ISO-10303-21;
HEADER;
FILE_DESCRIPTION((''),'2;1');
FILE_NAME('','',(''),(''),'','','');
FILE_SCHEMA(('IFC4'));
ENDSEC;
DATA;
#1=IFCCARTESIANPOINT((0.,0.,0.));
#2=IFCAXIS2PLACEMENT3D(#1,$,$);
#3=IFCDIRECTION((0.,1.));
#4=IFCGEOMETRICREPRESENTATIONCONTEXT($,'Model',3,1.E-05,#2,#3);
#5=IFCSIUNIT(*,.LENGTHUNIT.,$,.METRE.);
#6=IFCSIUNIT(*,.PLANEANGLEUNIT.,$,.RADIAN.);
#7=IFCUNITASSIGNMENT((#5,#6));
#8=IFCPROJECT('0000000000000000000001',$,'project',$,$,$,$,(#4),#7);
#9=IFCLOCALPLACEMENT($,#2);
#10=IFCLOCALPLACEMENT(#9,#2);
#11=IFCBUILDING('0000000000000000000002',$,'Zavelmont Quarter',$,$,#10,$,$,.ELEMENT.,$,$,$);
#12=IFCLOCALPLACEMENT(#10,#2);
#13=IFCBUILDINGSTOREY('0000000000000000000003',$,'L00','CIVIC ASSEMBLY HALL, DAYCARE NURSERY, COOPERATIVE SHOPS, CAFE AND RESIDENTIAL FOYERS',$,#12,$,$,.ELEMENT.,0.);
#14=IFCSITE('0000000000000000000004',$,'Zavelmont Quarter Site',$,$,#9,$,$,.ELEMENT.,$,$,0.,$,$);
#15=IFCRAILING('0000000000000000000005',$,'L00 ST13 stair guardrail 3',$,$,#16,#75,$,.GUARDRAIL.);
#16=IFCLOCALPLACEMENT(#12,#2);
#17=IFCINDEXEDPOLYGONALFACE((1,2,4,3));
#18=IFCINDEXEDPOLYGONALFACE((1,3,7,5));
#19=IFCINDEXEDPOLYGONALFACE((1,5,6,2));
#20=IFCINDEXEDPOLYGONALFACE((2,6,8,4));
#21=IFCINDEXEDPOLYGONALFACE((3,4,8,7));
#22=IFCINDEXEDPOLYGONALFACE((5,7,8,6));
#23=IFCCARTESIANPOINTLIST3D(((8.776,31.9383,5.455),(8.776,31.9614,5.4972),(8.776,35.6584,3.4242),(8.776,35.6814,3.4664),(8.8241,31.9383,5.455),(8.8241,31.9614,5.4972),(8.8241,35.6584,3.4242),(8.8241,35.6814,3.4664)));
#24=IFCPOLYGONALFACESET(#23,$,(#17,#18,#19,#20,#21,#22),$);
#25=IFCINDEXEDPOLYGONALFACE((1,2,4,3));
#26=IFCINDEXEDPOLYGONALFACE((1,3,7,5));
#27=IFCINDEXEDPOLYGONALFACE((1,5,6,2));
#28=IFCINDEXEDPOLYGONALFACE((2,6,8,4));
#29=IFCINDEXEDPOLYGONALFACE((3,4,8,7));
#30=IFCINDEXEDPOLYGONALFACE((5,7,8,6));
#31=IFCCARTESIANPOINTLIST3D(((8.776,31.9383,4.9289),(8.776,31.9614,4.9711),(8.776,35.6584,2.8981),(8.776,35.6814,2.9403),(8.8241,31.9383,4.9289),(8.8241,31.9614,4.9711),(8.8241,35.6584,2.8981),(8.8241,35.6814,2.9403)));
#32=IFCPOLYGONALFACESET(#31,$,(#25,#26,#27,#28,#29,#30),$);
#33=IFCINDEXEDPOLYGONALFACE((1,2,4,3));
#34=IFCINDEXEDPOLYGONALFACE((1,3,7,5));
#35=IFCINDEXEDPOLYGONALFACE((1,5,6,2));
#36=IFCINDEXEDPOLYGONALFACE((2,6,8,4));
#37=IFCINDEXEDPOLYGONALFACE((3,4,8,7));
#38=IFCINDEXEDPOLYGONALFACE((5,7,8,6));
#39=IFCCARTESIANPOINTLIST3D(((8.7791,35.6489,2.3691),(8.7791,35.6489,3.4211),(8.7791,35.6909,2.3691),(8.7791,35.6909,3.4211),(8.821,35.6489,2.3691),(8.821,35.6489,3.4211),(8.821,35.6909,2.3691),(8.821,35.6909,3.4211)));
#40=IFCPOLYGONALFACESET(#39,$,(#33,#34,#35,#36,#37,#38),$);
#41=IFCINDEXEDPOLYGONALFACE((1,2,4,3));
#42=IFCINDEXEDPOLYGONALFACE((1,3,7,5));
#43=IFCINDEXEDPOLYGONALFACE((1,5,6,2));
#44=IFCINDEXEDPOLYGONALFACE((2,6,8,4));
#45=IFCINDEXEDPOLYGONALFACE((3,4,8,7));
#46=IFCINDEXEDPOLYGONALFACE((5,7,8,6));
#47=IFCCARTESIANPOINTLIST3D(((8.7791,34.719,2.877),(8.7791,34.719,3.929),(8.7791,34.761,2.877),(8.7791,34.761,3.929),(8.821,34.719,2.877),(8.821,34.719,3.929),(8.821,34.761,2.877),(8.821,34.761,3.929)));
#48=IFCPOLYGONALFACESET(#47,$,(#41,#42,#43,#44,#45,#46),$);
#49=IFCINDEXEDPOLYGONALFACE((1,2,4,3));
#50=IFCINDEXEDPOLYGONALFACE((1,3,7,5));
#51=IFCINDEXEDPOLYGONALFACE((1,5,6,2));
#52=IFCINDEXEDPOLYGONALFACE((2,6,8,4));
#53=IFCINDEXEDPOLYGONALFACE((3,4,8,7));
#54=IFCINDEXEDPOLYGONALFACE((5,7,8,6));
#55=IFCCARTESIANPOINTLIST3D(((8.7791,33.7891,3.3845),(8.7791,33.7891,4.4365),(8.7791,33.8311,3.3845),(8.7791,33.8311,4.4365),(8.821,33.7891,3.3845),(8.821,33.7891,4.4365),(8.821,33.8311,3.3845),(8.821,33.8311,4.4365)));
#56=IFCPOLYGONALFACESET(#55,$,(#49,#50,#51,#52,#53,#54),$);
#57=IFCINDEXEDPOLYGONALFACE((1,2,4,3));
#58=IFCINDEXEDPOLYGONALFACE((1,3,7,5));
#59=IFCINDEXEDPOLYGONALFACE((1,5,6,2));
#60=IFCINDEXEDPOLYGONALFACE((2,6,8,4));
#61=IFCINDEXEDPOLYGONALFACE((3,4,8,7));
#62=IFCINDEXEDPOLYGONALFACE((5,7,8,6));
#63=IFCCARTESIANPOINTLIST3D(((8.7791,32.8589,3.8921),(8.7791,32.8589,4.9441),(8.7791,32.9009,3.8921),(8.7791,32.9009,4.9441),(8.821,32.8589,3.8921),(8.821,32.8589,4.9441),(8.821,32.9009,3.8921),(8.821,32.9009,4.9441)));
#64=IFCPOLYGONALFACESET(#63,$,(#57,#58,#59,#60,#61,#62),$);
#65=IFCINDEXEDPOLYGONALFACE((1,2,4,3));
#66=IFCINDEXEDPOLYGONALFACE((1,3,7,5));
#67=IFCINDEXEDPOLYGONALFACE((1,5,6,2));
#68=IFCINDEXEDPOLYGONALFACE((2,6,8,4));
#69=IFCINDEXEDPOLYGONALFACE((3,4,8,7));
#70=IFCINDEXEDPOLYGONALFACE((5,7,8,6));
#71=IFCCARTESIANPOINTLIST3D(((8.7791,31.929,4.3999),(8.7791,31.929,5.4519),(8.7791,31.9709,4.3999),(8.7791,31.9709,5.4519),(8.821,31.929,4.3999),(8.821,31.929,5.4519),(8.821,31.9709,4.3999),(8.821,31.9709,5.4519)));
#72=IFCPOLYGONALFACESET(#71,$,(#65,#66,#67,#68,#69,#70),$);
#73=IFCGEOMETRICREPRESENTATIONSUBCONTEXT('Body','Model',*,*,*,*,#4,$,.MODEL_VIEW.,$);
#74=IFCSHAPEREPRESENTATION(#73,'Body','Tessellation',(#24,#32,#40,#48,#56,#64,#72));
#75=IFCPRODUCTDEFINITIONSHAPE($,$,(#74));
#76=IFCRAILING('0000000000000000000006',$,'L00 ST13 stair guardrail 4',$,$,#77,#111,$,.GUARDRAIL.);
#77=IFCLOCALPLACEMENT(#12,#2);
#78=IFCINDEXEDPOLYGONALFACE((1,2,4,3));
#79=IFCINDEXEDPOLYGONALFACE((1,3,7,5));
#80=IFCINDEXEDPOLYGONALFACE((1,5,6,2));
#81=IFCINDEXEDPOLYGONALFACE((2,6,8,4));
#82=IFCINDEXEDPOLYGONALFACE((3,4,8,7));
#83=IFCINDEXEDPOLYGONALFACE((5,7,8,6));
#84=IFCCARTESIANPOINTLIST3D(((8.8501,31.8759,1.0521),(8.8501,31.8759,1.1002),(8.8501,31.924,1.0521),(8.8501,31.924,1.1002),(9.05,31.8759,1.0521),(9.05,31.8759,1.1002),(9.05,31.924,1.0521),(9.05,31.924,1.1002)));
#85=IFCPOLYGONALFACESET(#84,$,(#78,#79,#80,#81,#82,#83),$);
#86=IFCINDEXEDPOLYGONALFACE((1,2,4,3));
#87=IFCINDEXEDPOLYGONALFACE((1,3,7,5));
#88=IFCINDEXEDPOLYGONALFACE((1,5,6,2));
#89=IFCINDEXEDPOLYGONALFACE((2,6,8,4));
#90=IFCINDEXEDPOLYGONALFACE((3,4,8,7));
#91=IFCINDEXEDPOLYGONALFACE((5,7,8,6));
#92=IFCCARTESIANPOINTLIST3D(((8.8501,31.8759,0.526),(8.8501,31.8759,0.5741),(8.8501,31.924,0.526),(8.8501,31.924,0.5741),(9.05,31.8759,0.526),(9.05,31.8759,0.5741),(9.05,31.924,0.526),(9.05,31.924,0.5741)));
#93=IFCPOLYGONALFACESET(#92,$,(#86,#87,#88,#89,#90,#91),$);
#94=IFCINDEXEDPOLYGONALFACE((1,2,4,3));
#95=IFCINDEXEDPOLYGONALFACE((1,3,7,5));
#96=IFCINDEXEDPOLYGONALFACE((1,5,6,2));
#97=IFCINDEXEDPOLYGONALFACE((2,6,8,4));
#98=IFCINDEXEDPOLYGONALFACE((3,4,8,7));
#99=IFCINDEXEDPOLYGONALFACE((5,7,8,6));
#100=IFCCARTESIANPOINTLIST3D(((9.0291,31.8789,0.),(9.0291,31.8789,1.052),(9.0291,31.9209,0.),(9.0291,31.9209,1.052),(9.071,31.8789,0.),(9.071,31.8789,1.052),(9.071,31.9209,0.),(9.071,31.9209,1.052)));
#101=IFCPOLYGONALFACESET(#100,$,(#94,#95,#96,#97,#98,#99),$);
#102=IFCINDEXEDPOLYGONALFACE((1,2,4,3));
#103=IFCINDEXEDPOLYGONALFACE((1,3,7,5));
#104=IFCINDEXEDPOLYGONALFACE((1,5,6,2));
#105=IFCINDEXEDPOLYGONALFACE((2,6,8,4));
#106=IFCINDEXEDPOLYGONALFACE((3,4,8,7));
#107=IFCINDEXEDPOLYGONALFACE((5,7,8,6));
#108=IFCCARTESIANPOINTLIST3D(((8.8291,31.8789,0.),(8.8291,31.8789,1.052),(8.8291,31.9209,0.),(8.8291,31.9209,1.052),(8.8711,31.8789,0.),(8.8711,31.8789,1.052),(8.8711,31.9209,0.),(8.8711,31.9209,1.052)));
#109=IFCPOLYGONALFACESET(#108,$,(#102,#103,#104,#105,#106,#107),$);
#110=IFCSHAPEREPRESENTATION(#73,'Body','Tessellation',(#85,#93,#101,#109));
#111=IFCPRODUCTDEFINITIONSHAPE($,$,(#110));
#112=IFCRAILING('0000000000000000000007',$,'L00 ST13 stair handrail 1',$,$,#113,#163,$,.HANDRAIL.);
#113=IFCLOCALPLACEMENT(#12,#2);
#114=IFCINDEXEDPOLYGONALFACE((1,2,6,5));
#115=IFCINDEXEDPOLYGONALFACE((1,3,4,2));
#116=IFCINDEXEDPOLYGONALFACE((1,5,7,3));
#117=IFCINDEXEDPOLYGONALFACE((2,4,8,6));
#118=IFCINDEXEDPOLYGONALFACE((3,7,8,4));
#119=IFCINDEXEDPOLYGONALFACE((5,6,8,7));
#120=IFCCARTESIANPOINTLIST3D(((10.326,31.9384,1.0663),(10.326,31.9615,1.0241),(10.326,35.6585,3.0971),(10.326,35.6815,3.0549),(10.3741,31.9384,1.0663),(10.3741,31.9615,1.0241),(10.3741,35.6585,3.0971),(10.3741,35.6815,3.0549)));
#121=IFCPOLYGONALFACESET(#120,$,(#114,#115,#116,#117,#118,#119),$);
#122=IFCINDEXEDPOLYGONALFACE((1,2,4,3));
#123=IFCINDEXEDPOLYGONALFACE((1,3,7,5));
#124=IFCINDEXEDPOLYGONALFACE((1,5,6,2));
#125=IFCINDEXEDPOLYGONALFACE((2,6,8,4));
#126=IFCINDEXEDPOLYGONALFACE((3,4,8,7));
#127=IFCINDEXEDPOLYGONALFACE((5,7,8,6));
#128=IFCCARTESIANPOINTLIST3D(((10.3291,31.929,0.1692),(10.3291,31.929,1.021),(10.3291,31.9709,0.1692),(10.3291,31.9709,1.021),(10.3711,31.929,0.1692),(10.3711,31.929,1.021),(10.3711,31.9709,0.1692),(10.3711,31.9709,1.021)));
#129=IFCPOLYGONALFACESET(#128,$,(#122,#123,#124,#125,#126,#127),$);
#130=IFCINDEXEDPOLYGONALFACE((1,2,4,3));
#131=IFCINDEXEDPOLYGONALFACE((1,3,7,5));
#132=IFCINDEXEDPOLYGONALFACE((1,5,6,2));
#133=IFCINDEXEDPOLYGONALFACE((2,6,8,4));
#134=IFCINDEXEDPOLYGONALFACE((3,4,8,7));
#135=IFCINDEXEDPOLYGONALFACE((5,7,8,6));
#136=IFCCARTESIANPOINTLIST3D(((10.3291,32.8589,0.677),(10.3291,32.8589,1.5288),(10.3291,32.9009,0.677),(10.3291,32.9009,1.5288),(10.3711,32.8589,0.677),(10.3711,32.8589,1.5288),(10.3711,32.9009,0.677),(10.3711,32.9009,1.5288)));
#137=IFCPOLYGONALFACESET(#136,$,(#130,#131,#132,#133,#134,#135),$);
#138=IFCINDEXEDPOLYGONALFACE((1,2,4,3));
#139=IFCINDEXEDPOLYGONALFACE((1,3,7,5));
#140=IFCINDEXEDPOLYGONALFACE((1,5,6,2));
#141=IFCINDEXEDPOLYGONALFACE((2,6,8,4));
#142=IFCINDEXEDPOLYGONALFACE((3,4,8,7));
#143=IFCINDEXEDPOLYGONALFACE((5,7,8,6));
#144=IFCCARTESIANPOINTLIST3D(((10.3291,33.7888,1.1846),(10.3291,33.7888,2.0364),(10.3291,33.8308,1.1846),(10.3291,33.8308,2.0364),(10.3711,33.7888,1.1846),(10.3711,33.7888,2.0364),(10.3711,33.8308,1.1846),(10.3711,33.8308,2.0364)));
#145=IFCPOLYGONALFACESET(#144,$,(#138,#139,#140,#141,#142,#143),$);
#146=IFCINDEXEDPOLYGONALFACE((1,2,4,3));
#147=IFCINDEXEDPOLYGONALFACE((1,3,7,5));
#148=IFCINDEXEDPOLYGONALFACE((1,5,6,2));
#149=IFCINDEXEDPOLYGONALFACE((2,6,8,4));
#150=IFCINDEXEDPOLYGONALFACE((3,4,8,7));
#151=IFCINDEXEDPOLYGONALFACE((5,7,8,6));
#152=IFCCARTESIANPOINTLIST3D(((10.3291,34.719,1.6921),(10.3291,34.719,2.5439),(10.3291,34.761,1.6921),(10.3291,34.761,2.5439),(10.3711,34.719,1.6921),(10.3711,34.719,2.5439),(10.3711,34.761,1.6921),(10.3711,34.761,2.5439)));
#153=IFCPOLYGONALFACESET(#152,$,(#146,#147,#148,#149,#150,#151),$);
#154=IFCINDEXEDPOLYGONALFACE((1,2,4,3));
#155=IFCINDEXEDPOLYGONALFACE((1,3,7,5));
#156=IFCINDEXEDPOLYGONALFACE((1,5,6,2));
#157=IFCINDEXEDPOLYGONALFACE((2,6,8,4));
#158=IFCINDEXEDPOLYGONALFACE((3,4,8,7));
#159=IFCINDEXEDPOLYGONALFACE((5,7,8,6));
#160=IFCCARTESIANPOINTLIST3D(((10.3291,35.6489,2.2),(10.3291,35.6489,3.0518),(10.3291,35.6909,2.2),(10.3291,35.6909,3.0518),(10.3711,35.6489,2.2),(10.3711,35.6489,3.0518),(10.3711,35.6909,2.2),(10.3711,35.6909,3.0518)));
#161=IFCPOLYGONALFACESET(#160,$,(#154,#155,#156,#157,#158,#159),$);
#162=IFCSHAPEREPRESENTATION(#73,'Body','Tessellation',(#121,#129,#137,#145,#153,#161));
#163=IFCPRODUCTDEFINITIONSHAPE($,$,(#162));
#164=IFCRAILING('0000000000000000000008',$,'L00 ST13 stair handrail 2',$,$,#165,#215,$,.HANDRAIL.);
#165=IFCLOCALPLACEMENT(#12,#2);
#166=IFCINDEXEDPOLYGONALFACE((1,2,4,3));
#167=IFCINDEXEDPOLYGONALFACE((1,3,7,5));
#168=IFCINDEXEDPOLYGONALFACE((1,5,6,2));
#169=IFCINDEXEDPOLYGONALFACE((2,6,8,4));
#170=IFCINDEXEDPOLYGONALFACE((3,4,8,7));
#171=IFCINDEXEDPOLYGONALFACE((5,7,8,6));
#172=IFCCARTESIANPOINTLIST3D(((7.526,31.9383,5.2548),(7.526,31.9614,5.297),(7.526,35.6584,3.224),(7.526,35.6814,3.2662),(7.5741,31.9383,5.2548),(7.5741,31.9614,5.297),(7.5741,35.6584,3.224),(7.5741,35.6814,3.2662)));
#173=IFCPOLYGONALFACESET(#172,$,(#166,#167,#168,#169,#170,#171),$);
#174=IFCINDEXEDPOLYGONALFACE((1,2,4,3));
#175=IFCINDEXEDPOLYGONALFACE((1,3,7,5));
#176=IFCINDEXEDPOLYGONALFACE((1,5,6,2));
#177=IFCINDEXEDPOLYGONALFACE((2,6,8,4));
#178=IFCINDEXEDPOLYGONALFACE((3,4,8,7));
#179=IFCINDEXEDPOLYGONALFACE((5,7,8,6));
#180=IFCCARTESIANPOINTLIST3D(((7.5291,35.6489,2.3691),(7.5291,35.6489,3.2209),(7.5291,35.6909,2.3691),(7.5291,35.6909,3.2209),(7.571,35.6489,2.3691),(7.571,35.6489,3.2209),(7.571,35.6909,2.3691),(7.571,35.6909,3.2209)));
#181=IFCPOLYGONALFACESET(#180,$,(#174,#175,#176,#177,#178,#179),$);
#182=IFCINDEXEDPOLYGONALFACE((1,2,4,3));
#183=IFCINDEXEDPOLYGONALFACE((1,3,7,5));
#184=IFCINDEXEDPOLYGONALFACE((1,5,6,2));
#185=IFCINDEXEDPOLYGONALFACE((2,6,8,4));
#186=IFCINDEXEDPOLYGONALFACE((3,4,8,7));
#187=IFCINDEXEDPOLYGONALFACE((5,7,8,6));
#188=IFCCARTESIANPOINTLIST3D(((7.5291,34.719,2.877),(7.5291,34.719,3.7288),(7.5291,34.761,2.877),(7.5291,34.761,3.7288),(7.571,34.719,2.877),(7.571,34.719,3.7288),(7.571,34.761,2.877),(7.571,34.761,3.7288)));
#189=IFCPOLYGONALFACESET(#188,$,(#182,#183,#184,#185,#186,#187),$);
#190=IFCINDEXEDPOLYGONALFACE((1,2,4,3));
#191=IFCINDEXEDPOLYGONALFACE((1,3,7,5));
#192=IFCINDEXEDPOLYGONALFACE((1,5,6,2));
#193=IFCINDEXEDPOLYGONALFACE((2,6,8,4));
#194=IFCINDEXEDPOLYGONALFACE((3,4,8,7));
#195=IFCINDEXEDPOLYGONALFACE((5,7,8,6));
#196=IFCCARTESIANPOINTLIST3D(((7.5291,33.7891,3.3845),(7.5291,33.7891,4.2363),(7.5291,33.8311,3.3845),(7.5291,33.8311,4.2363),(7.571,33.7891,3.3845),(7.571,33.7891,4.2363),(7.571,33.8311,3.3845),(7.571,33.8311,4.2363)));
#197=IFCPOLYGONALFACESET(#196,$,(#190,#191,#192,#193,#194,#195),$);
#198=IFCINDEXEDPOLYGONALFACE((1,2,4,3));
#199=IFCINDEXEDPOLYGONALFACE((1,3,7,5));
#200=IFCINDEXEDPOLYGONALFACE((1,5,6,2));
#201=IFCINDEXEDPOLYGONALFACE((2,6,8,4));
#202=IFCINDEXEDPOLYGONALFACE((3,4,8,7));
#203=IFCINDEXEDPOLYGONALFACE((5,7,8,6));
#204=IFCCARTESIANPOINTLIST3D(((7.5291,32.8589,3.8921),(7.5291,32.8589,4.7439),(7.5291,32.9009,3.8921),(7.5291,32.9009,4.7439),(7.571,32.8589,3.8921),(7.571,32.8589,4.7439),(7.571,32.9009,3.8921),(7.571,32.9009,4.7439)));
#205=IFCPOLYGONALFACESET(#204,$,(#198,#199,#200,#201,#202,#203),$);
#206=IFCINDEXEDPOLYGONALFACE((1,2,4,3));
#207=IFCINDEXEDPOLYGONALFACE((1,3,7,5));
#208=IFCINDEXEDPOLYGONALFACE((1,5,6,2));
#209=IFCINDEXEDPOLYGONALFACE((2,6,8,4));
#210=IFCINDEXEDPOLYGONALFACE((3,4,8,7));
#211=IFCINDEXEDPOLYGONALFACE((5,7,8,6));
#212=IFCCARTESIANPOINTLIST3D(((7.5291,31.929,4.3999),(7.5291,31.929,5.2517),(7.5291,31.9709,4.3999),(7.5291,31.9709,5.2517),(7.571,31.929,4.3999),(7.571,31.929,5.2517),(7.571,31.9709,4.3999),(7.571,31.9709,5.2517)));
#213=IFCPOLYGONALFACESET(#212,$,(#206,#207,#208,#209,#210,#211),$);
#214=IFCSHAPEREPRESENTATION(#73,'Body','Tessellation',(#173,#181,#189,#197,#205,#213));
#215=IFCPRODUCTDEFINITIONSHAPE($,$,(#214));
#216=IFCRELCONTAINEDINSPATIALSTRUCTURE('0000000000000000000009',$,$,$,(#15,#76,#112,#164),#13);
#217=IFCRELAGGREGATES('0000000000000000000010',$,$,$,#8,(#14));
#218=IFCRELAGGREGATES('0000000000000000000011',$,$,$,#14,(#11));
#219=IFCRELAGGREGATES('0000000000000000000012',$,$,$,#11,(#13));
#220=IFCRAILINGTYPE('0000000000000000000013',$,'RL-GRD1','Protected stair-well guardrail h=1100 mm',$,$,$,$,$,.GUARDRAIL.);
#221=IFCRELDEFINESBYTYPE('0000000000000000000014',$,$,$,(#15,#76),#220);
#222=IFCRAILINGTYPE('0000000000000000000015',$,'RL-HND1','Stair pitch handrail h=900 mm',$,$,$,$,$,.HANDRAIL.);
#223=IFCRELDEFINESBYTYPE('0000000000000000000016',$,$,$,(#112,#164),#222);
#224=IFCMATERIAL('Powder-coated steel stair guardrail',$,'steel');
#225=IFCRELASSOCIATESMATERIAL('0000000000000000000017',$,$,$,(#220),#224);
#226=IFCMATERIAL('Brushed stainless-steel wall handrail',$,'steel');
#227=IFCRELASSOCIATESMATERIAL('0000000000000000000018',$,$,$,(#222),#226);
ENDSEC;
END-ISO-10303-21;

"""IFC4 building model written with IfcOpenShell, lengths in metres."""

from ifc_helpers import new_model, si_unit, direction, frame, origin, origin_2d, place, context, subcontext, project, spatial, rectangle, extrude, material, type_object, element, save


model = new_model("IFC4")

# Units and contexts
model_context = context("Model", 3, precision=1e-05, world=origin(), true_north=direction((0.0, 1.0)))
body_context = subcontext(model_context, "Body", "Model", "MODEL_VIEW")
ifc_project = project(units=[si_unit("LENGTHUNIT", "METRE"), si_unit("PLANEANGLEUNIT", "RADIAN")], contexts=[model_context])

# Site, building, storey
site_placement = place(None, origin())
site = spatial("IfcSite", under=ifc_project, at=site_placement, Name="Zavelmont Quarter Site", CompositionType="ELEMENT", RefElevation=0.0)
building_placement = place(site_placement, origin())
building = spatial("IfcBuilding", under=site, at=building_placement, Name="Zavelmont Quarter", CompositionType="ELEMENT")
storey_placement = place(building_placement, origin())
storey = spatial("IfcBuildingStorey", under=building, at=storey_placement, Name="L00", Description="CIVIC ASSEMBLY HALL, DAYCARE NURSERY, COOPERATIVE SHOPS, CAFE AND RESIDENTIAL FOYERS", CompositionType="ELEMENT", Elevation=0.0)

# Railings
ifc_material_1 = material(Name="Powder-coated steel stair guardrail", Category="steel")
railing_type_1 = type_object("IfcRailingType", Name="RL-GRD1", Description="Protected stair-well guardrail h=1100 mm", PredefinedType="GUARDRAIL", material=ifc_material_1)
railing_1_placement = place(storey_placement, frame((8.8, 35.6699, 2.3691)))
element("IfcRailing", 1, at=railing_1_placement, inside=storey, type_object=railing_type_1, Name="L00 ST13 stair guardrail 3", PredefinedType="GUARDRAIL", context=body_context, shape_type="SweptSolid", body=[
    extrude(rectangle(XDim=0.0481, YDim=0.0481, at=origin_2d()), frame((0.0, 0.0, 1.0762), z_axis=(0.0, -0.877728, 0.479159), x_axis=(1.0, 0.0, 0.0)), (0.0, 0.0, 1.0), 4.2383),
    extrude(rectangle(XDim=0.0481, YDim=0.0481, at=origin_2d()), frame((0.0, 0.0, 0.55), z_axis=(0.0, -0.877728, 0.479159), x_axis=(1.0, 0.0, 0.0)), (0.0, 0.0, 1.0), 4.2383),
    extrude(rectangle(XDim=0.042, YDim=0.042, at=origin_2d()), origin(), (0.0, 0.0, 1.0), 1.052),
    extrude(rectangle(XDim=0.042, YDim=0.042, at=origin_2d()), frame((0.0, -0.9299, 0.5078)), (0.0, 0.0, 1.0), 1.052),
    extrude(rectangle(XDim=0.042, YDim=0.042, at=origin_2d()), frame((0.0, -1.8599, 1.0154)), (0.0, 0.0, 1.0), 1.052),
    extrude(rectangle(XDim=0.042, YDim=0.042, at=origin_2d()), frame((0.0, -2.79, 1.5229)), (0.0, 0.0, 1.0), 1.052),
    extrude(rectangle(XDim=0.042, YDim=0.042, at=origin_2d()), frame((0.0, -3.72, 2.0308)), (0.0, 0.0, 1.0), 1.052),
])
railing_2_placement = place(storey_placement, frame((9.05, 31.8999, 0.0)))
element("IfcRailing", 2, at=railing_2_placement, inside=storey, type_object=railing_type_1, Name="L00 ST13 stair guardrail 4", PredefinedType="GUARDRAIL", context=body_context, shape_type="SweptSolid", body=[
    extrude(rectangle(XDim=0.0481, YDim=0.0481, at=origin_2d()), frame((0.0, 0.0, 1.0762), z_axis=(-1.0, 0.0, 0.0), x_axis=(0.0, -1.0, 0.0)), (0.0, 0.0, 1.0), 0.2),
    extrude(rectangle(XDim=0.0481, YDim=0.0481, at=origin_2d()), frame((0.0, 0.0, 0.55), z_axis=(-1.0, 0.0, 0.0), x_axis=(0.0, -1.0, 0.0)), (0.0, 0.0, 1.0), 0.2),
    extrude(rectangle(XDim=0.042, YDim=0.042, at=origin_2d()), origin(), (0.0, 0.0, 1.0), 1.052),
    extrude(rectangle(XDim=0.042, YDim=0.042, at=origin_2d()), frame((-0.2, 0.0, 0.0)), (0.0, 0.0, 1.0), 1.052),
])
ifc_material_2 = material(Name="Brushed stainless-steel wall handrail", Category="steel")
railing_type_2 = type_object("IfcRailingType", Name="RL-HND1", Description="Stair pitch handrail h=900 mm", PredefinedType="HANDRAIL", material=ifc_material_2)
railing_3_placement = place(storey_placement, frame((10.3501, 31.95, 0.1692)))
element("IfcRailing", 3, at=railing_3_placement, inside=storey, type_object=railing_type_2, Name="L00 ST13 stair handrail 1", PredefinedType="HANDRAIL", context=body_context, shape_type="SweptSolid", body=[
    extrude(rectangle(XDim=0.0481, YDim=0.0481, at=origin_2d()), frame((0.0, 0.0, 0.876), z_axis=(0.0, 0.877728, 0.479159), x_axis=(-1.0, 0.0, 0.0)), (0.0, 0.0, 1.0), 4.2383),
    extrude(rectangle(XDim=0.042, YDim=0.042, at=origin_2d()), origin(), (0.0, 0.0, 1.0), 0.8518),
    extrude(rectangle(XDim=0.042, YDim=0.042, at=origin_2d()), frame((0.0, 0.9299, 0.5078)), (0.0, 0.0, 1.0), 0.8518),
    extrude(rectangle(XDim=0.042, YDim=0.042, at=origin_2d()), frame((0.0, 1.8599, 1.0154)), (0.0, 0.0, 1.0), 0.8518),
    extrude(rectangle(XDim=0.042, YDim=0.042, at=origin_2d()), frame((0.0, 2.79, 1.5229)), (0.0, 0.0, 1.0), 0.8518),
    extrude(rectangle(XDim=0.042, YDim=0.042, at=origin_2d()), frame((0.0, 3.72, 2.0308)), (0.0, 0.0, 1.0), 0.8518),
])
railing_4_placement = place(storey_placement, frame((7.55, 35.6699, 2.3691)))
element("IfcRailing", 4, at=railing_4_placement, inside=storey, type_object=railing_type_2, Name="L00 ST13 stair handrail 2", PredefinedType="HANDRAIL", context=body_context, shape_type="SweptSolid", body=[
    extrude(rectangle(XDim=0.0481, YDim=0.0481, at=origin_2d()), frame((0.0, 0.0, 0.876), z_axis=(0.0, -0.877728, 0.479159), x_axis=(1.0, 0.0, 0.0)), (0.0, 0.0, 1.0), 4.2383),
    extrude(rectangle(XDim=0.042, YDim=0.042, at=origin_2d()), origin(), (0.0, 0.0, 1.0), 0.8518),
    extrude(rectangle(XDim=0.042, YDim=0.042, at=origin_2d()), frame((0.0, -0.9299, 0.5078)), (0.0, 0.0, 1.0), 0.8518),
    extrude(rectangle(XDim=0.042, YDim=0.042, at=origin_2d()), frame((0.0, -1.8599, 1.0154)), (0.0, 0.0, 1.0), 0.8518),
    extrude(rectangle(XDim=0.042, YDim=0.042, at=origin_2d()), frame((0.0, -2.79, 1.5229)), (0.0, 0.0, 1.0), 0.8518),
    extrude(rectangle(XDim=0.042, YDim=0.042, at=origin_2d()), frame((0.0, -3.72, 2.0308)), (0.0, 0.0, 1.0), 0.8518),
])

save(model, "model.ifc")
